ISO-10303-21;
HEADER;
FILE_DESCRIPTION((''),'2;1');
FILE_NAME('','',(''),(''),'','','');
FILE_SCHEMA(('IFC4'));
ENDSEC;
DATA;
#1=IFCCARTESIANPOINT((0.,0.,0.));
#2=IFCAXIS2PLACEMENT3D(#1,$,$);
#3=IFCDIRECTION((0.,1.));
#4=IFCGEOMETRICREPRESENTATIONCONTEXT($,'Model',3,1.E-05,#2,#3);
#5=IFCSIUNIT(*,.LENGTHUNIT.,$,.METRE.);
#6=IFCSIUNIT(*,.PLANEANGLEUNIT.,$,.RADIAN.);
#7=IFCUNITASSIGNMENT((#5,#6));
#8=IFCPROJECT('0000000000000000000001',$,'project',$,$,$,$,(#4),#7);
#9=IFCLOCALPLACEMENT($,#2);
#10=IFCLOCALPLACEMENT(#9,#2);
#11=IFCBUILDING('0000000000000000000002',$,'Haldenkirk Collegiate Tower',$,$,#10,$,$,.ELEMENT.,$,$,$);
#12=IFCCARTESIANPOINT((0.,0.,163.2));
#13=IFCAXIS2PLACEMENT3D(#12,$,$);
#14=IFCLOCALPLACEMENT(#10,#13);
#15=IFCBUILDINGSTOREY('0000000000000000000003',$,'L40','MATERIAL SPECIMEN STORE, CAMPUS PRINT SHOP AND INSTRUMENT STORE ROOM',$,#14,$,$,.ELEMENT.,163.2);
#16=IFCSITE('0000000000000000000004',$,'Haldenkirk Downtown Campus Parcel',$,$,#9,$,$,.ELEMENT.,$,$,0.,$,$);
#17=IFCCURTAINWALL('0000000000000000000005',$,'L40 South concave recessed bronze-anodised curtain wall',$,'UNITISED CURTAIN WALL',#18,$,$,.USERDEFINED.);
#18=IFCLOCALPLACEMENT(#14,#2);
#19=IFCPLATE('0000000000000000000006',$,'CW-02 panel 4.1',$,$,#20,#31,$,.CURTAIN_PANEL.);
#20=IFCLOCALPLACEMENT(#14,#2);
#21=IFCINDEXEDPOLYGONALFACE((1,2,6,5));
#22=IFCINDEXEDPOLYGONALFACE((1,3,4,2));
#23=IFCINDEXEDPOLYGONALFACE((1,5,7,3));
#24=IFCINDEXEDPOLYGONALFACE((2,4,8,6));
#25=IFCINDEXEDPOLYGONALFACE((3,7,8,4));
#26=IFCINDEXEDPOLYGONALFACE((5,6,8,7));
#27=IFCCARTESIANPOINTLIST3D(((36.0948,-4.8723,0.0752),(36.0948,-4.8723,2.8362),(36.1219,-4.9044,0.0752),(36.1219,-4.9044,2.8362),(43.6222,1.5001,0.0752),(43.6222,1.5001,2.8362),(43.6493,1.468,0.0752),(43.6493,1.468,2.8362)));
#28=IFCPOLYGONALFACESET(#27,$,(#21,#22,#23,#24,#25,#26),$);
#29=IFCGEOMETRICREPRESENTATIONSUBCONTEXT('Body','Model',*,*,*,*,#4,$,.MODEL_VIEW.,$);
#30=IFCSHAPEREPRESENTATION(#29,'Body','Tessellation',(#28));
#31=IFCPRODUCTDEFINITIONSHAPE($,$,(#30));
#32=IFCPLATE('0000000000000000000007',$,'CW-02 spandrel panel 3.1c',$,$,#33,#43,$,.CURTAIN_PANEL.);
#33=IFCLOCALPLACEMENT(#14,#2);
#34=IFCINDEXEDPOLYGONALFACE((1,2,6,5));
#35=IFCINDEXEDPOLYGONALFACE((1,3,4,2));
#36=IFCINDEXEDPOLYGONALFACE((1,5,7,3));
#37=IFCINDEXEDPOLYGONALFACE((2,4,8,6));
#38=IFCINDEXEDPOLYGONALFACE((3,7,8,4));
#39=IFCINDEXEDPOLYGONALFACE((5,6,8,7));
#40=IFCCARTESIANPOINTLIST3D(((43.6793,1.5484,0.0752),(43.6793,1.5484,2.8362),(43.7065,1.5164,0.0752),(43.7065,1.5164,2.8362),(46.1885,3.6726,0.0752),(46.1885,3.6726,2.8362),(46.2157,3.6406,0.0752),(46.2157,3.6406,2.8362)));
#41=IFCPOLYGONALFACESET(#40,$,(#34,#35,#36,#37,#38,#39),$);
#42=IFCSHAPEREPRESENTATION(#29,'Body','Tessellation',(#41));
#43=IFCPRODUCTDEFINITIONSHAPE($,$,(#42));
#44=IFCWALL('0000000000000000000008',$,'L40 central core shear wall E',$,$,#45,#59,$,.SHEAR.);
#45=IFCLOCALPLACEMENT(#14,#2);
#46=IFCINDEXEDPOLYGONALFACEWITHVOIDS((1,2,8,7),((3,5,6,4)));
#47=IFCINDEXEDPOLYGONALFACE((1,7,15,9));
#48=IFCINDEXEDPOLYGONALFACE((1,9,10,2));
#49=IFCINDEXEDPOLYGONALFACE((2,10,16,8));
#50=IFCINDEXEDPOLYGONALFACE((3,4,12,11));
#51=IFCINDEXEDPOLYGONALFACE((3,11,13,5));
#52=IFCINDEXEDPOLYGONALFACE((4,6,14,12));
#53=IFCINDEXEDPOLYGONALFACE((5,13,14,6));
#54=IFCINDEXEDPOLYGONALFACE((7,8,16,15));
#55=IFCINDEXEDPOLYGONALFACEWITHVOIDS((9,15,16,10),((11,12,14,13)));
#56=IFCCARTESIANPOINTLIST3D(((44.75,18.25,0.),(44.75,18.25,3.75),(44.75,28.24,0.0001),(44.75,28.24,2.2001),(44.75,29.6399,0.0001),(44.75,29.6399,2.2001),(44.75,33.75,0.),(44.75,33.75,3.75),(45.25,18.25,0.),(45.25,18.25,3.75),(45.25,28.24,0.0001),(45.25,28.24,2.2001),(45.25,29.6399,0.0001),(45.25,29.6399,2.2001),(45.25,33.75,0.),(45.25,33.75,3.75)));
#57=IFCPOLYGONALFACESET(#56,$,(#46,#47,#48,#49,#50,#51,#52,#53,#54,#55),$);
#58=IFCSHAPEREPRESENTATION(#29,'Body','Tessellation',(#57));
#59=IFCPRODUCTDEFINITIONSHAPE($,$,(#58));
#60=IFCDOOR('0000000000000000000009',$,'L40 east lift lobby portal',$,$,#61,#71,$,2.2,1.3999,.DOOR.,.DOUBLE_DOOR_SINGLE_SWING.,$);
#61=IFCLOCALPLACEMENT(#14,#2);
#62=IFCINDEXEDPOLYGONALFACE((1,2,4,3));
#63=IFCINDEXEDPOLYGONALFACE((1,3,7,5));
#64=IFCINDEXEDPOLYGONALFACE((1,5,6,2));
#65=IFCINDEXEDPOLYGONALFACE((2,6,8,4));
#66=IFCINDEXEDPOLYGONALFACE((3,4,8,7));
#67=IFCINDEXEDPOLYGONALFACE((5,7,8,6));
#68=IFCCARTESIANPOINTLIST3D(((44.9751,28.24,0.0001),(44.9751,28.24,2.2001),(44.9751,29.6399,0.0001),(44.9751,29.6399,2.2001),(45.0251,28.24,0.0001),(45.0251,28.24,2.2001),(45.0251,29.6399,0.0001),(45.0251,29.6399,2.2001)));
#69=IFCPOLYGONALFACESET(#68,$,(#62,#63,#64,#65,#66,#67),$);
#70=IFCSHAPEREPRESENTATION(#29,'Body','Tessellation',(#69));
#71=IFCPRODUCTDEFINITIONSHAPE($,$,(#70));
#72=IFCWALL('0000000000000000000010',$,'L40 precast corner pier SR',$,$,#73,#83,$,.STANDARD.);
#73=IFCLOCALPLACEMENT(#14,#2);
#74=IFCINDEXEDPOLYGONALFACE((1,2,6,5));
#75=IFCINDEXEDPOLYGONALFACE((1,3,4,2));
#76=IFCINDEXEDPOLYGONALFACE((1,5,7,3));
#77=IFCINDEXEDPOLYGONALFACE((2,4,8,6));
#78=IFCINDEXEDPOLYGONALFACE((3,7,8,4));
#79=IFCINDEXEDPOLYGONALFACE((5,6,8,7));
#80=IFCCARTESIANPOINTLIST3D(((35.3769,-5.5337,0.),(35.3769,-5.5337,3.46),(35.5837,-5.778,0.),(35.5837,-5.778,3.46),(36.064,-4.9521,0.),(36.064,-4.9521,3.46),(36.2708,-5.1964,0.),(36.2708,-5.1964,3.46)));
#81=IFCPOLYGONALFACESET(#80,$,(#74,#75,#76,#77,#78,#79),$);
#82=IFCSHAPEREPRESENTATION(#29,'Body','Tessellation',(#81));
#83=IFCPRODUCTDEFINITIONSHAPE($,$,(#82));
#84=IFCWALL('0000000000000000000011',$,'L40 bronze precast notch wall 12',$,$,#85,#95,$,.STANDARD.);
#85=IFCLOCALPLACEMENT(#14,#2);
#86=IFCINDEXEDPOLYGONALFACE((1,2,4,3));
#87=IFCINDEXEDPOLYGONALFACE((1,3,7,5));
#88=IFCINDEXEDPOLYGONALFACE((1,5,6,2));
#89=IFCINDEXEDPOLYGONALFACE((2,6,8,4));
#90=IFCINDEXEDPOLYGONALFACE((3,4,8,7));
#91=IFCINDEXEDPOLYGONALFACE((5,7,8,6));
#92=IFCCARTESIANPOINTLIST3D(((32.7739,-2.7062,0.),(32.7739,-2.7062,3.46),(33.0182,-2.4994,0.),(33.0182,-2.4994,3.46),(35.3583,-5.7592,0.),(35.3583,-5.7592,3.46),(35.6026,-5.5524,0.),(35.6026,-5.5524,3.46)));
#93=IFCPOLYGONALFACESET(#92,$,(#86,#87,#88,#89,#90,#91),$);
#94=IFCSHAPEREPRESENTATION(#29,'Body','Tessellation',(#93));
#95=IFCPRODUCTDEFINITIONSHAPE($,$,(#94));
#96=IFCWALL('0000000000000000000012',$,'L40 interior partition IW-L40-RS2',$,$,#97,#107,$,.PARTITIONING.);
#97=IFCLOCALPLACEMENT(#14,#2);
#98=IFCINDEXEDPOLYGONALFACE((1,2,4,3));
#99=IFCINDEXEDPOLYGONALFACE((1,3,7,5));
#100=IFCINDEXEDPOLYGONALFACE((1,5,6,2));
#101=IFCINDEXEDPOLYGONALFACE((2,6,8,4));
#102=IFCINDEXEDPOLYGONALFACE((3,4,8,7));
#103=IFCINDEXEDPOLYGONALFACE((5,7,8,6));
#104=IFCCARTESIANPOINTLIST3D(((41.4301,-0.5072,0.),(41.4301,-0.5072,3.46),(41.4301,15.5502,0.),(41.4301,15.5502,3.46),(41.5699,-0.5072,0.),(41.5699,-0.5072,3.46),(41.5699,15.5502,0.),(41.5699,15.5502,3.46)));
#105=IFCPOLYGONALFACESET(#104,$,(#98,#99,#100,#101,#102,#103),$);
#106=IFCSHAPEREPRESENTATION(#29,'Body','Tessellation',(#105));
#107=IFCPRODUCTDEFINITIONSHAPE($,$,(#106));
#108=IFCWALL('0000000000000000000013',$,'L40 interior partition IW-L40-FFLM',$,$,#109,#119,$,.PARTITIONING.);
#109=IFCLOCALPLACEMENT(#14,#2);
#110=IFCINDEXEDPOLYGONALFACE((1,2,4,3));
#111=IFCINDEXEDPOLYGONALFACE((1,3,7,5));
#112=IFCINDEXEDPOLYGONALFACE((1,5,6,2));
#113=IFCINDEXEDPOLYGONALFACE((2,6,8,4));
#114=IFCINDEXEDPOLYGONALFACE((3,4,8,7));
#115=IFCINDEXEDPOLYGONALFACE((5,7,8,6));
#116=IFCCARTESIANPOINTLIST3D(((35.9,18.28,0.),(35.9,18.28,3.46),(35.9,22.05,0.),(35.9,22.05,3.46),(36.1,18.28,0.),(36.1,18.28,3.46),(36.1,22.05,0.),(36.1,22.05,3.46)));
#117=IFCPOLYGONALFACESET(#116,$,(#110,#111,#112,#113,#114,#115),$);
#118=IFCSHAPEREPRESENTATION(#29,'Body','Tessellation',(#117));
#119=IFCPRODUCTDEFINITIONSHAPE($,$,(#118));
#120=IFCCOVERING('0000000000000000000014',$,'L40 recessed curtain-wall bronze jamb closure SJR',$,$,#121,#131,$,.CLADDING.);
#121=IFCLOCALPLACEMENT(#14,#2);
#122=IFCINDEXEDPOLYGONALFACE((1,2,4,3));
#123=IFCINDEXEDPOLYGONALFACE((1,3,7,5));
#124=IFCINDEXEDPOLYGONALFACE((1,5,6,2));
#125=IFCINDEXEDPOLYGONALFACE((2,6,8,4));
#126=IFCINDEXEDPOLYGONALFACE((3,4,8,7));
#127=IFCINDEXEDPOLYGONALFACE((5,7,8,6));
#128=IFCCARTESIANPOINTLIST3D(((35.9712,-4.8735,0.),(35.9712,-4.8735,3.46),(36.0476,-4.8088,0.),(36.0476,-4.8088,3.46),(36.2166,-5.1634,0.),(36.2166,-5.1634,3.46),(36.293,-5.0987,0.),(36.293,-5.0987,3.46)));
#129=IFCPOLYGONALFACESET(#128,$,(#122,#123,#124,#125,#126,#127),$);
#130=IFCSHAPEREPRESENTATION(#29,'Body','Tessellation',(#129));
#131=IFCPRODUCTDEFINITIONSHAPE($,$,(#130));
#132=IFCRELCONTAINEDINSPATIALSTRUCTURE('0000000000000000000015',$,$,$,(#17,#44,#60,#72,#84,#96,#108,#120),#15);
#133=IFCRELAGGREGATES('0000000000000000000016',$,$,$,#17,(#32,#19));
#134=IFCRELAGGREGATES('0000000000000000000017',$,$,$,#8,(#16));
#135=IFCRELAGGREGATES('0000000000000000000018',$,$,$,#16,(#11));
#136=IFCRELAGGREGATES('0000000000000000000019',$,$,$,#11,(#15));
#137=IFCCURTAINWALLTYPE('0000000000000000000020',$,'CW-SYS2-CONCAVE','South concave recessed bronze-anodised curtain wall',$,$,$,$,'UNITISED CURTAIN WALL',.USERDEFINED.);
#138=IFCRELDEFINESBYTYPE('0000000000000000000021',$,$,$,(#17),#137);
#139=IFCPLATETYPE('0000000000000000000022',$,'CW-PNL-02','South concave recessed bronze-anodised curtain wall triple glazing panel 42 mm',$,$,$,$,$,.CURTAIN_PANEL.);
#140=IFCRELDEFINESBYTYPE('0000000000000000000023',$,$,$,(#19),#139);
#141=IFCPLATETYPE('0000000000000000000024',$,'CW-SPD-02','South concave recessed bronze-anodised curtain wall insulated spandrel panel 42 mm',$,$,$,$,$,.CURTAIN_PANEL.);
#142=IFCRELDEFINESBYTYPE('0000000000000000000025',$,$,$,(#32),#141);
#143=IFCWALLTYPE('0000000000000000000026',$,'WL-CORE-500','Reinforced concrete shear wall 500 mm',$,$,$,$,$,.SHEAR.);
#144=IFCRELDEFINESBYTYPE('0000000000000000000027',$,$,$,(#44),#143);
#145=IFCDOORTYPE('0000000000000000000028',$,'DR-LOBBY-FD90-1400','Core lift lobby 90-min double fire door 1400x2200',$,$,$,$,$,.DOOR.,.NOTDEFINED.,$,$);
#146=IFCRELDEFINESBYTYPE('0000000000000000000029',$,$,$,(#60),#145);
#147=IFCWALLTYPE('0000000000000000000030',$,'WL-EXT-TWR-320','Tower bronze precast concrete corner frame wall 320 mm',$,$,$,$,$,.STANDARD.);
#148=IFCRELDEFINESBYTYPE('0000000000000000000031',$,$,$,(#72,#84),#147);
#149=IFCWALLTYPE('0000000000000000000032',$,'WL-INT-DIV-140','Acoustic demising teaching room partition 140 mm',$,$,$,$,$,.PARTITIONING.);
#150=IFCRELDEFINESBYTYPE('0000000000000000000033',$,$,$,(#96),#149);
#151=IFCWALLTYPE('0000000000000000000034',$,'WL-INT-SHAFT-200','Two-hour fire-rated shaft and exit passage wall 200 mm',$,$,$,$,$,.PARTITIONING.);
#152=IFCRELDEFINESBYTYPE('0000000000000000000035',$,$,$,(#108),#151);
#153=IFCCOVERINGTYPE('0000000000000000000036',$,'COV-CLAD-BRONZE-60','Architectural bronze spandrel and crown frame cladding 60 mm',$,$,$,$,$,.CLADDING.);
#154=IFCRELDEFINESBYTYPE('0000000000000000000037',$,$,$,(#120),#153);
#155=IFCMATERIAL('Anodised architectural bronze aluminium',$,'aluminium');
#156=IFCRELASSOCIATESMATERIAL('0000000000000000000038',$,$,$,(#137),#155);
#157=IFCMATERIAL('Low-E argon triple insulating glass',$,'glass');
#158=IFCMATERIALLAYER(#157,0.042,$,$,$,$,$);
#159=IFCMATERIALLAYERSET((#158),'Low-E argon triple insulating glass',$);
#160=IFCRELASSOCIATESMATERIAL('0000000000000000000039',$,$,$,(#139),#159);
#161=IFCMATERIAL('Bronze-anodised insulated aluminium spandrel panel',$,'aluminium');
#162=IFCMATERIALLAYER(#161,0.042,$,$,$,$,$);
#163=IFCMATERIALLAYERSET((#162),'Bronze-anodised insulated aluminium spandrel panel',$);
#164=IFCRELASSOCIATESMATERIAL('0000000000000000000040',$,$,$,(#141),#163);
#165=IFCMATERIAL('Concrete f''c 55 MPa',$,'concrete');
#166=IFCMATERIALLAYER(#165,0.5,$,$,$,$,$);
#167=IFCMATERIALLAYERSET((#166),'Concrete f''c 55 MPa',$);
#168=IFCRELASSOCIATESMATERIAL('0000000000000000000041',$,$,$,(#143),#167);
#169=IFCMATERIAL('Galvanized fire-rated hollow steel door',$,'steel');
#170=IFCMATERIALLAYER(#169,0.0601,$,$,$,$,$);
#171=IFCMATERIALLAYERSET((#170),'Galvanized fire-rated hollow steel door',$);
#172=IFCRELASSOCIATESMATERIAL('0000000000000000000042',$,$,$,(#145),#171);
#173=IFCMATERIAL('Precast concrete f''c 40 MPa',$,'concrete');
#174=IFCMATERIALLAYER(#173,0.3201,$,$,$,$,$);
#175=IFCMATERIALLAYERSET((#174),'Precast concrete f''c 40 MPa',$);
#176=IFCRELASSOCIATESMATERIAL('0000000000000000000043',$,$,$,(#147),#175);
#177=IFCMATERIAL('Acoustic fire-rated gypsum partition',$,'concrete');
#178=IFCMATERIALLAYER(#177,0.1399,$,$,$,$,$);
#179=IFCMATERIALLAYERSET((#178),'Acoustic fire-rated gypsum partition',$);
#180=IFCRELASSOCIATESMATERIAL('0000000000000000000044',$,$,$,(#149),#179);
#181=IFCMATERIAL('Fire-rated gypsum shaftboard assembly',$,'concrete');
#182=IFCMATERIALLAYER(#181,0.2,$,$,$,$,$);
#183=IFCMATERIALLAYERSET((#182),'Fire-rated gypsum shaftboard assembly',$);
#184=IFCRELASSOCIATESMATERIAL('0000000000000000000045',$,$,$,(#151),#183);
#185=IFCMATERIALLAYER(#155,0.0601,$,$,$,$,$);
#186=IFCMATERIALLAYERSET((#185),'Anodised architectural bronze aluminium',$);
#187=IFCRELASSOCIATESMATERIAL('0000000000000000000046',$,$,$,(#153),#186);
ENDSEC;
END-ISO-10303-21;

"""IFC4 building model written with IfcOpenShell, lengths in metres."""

from ifc_helpers import new_model, si_unit, direction, frame, frame_2d, origin, origin_2d, place, context, subcontext, project, spatial, rectangle, extrude, source, transform, mapped, material, layer, layer_set, type_object, element, fill, aggregate, save


model = new_model("IFC4")

# Units and contexts
model_context = context("Model", 3, precision=1e-05, world=origin(), true_north=direction((0.0, 1.0)))
body_context = subcontext(model_context, "Body", "Model", "MODEL_VIEW")
ifc_project = project(units=[si_unit("LENGTHUNIT", "METRE"), si_unit("PLANEANGLEUNIT", "RADIAN")], contexts=[model_context])

# Site, building, storey
site_placement = place(None, origin())
site = spatial("IfcSite", under=ifc_project, at=site_placement, Name="Haldenkirk Downtown Campus Parcel", CompositionType="ELEMENT", RefElevation=0.0)
building_placement = place(site_placement, origin())
building = spatial("IfcBuilding", under=site, at=building_placement, Name="Haldenkirk Collegiate Tower", CompositionType="ELEMENT")
storey_placement = place(building_placement, frame((0.0, 0.0, 163.2)))
storey = spatial("IfcBuildingStorey", under=building, at=storey_placement, Name="L40", Description="MATERIAL SPECIMEN STORE, CAMPUS PRINT SHOP AND INSTRUMENT STORE ROOM", CompositionType="ELEMENT", Elevation=163.2)

# Curtain wall, plates
ifc_material_1 = material(Name="Anodised architectural bronze aluminium", Category="aluminium")
curtain_wall_type = type_object("IfcCurtainWallType", Name="CW-SYS2-CONCAVE", Description="South concave recessed bronze-anodised curtain wall", ElementType="UNITISED CURTAIN WALL", PredefinedType="USERDEFINED", material=ifc_material_1)
curtain_wall_placement = place(storey_placement, origin())
curtain_wall = element("IfcCurtainWall", 1, at=curtain_wall_placement, inside=storey, type_object=curtain_wall_type, Name="L40 South concave recessed bronze-anodised curtain wall", ObjectType="UNITISED CURTAIN WALL", PredefinedType="USERDEFINED")
ifc_material_2 = material(Name="Low-E argon triple insulating glass", Category="glass")
ifc_layer_1 = layer(ifc_material_2, 0.042)
ifc_layer_set_1 = layer_set([ifc_layer_1], Name="Low-E argon triple insulating glass")
plate_type_1 = type_object("IfcPlateType", Name="CW-PNL-02", Description="South concave recessed bronze-anodised curtain wall triple glazing panel 42 mm", PredefinedType="CURTAIN_PANEL", material=ifc_layer_set_1)
shared_shape_1 = source(origin(), body_context, "Body", "SweptSolid", [
    extrude(rectangle(XDim=9.8625, YDim=0.042, at=origin_2d()), origin(), (0.0, 0.0, 1.0), 2.761),
])
plate_1_placement = place(storey_placement, frame((39.8721, -1.7021, 0.0752), z_axis=(0.0, 0.0, 1.0), x_axis=(-0.763232, -0.646124, 0.0)))
plate_1 = element("IfcPlate", 2, at=plate_1_placement, type_object=plate_type_1, Name="CW-02 panel 4.1", PredefinedType="CURTAIN_PANEL", context=body_context, shape_type="MappedRepresentation", body=[
    mapped(shared_shape_1, transform((0.0, 0.0, 0.0), x_axis=(1.0, 0.0, 0.0), y_axis=(0.0, 1.0, 0.0), z_axis=(0.0, 0.0, 1.0), scale=1.0)),
])
ifc_material_3 = material(Name="Bronze-anodised insulated aluminium spandrel panel", Category="aluminium")
ifc_layer_2 = layer(ifc_material_3, 0.042)
ifc_layer_set_2 = layer_set([ifc_layer_2], Name="Bronze-anodised insulated aluminium spandrel panel")
plate_type_2 = type_object("IfcPlateType", Name="CW-SPD-02", Description="South concave recessed bronze-anodised curtain wall insulated spandrel panel 42 mm", PredefinedType="CURTAIN_PANEL", material=ifc_layer_set_2)
shared_shape_2 = source(origin(), body_context, "Body", "SweptSolid", [
    extrude(rectangle(XDim=3.2876, YDim=0.042, at=origin_2d()), origin(), (0.0, 0.0, 1.0), 2.761),
])
plate_2_placement = place(storey_placement, frame((44.9475, 2.5945, 0.0752), z_axis=(0.0, 0.0, 1.0), x_axis=(-0.763232, -0.646124, 0.0)))
plate_2 = element("IfcPlate", 3, at=plate_2_placement, type_object=plate_type_2, Name="CW-02 spandrel panel 3.1c", PredefinedType="CURTAIN_PANEL", context=body_context, shape_type="MappedRepresentation", body=[
    mapped(shared_shape_2, transform((0.0, 0.0, 0.0), x_axis=(1.0, 0.0, 0.0), y_axis=(0.0, 1.0, 0.0), z_axis=(0.0, 0.0, 1.0), scale=1.0)),
])
aggregate(curtain_wall, [plate_2, plate_1])

# Wall, opening, door
ifc_material_4 = material(Name="Concrete f'c 55 MPa", Category="concrete")
ifc_layer_3 = layer(ifc_material_4, 0.5)
ifc_layer_set_3 = layer_set([ifc_layer_3], Name="Concrete f'c 55 MPa")
wall_type_1 = type_object("IfcWallType", Name="WL-CORE-500", Description="Reinforced concrete shear wall 500 mm", PredefinedType="SHEAR", material=ifc_layer_set_3)
wall_1_placement = place(storey_placement, frame((45.0, 18.25, 0.0), z_axis=(0.0, 0.0, 1.0), x_axis=(0.0, 1.0, 0.0)))
wall_1 = element("IfcWall", 4, at=wall_1_placement, inside=storey, type_object=wall_type_1, Name="L40 central core shear wall E", PredefinedType="SHEAR", context=body_context, shape_type="SweptSolid", body=[
    extrude(rectangle(XDim=15.5, YDim=0.5, at=frame_2d((7.75, 0.0))), origin(), (0.0, 0.0, 1.0), 3.75),
])
opening_placement = place(wall_1_placement, frame((9.99, 0.0, 0.0)))
opening = element("IfcOpeningElement", 5, at=opening_placement, cuts=wall_1, PredefinedType="OPENING", context=body_context, shape_type="SweptSolid", body=[
    extrude(rectangle(XDim=1.3999, YDim=2.2, at=frame_2d((0.7, 1.1001))), frame((0.0, 0.26, 0.0), z_axis=(0.0, -1.0, 0.0), x_axis=(1.0, 0.0, 0.0)), (0.0, 0.0, 1.0), 0.52),
])
ifc_material_5 = material(Name="Galvanized fire-rated hollow steel door", Category="steel")
ifc_layer_4 = layer(ifc_material_5, 0.0601)
ifc_layer_set_4 = layer_set([ifc_layer_4], Name="Galvanized fire-rated hollow steel door")
door_type = type_object("IfcDoorType", Name="DR-LOBBY-FD90-1400", Description="Core lift lobby 90-min double fire door 1400x2200", OperationType="NOTDEFINED", PredefinedType="DOOR", material=ifc_layer_set_4)
door_placement = place(opening_placement, origin())
door = element("IfcDoor", 6, at=door_placement, inside=storey, type_object=door_type, Name="L40 east lift lobby portal", OperationType="DOUBLE_DOOR_SINGLE_SWING", OverallHeight=2.2, OverallWidth=1.3999, PredefinedType="DOOR", context=body_context, shape_type="SweptSolid", body=[
    extrude(rectangle(XDim=1.3999, YDim=2.2, at=frame_2d((0.7, 1.1001))), frame((0.0, 0.0249, 0.0), z_axis=(0.0, -1.0, 0.0), x_axis=(1.0, 0.0, 0.0)), (0.0, 0.0, 1.0), 0.05),
])
fill(opening, door)

# Walls
ifc_material_6 = material(Name="Precast concrete f'c 40 MPa", Category="concrete")
ifc_layer_5 = layer(ifc_material_6, 0.3201)
ifc_layer_set_5 = layer_set([ifc_layer_5], Name="Precast concrete f'c 40 MPa")
wall_type_2 = type_object("IfcWallType", Name="WL-EXT-TWR-320", Description="Tower bronze precast concrete corner frame wall 320 mm", PredefinedType="STANDARD", material=ifc_layer_set_5)
wall_2_placement = place(storey_placement, frame((36.1675, -5.0742, 0.0), z_axis=(0.0, 0.0, 1.0), x_axis=(-0.763263, -0.646088, 0.0)))
element("IfcWall", 7, at=wall_2_placement, inside=storey, type_object=wall_type_2, Name="L40 precast corner pier SR", PredefinedType="STANDARD", context=body_context, shape_type="SweptSolid", body=[
    extrude(rectangle(XDim=0.9001, YDim=0.3201, at=frame_2d((0.4502, 0.0))), origin(), (0.0, 0.0, 1.0), 3.46),
])
wall_3_placement = place(storey_placement, frame((35.4805, -5.6558, 0.0), z_axis=(0.0, 0.0, 1.0), x_axis=(-0.646115, 0.76324, 0.0)))
element("IfcWall", 8, at=wall_3_placement, inside=storey, type_object=wall_type_2, Name="L40 bronze precast notch wall 12", PredefinedType="STANDARD", context=body_context, shape_type="SweptSolid", body=[
    extrude(rectangle(XDim=4.0, YDim=0.3201, at=frame_2d((2.0, 0.0))), origin(), (0.0, 0.0, 1.0), 3.46),
])
ifc_material_7 = material(Name="Acoustic fire-rated gypsum partition", Category="concrete")
ifc_layer_6 = layer(ifc_material_7, 0.1399)
ifc_layer_set_6 = layer_set([ifc_layer_6], Name="Acoustic fire-rated gypsum partition")
wall_type_3 = type_object("IfcWallType", Name="WL-INT-DIV-140", Description="Acoustic demising teaching room partition 140 mm", PredefinedType="PARTITIONING", material=ifc_layer_set_6)
wall_4_placement = place(storey_placement, frame((41.5, -0.5073, 0.0), z_axis=(0.0, 0.0, 1.0), x_axis=(0.0, 1.0, 0.0)))
element("IfcWall", 9, at=wall_4_placement, inside=storey, type_object=wall_type_3, Name="L40 interior partition IW-L40-RS2", PredefinedType="PARTITIONING", context=body_context, shape_type="SweptSolid", body=[
    extrude(rectangle(XDim=16.0574, YDim=0.1399, at=frame_2d((8.0288, 0.0))), origin(), (0.0, 0.0, 1.0), 3.46),
])
ifc_material_8 = material(Name="Fire-rated gypsum shaftboard assembly", Category="concrete")
ifc_layer_7 = layer(ifc_material_8, 0.2)
ifc_layer_set_7 = layer_set([ifc_layer_7], Name="Fire-rated gypsum shaftboard assembly")
wall_type_4 = type_object("IfcWallType", Name="WL-INT-SHAFT-200", Description="Two-hour fire-rated shaft and exit passage wall 200 mm", PredefinedType="PARTITIONING", material=ifc_layer_set_7)
wall_5_placement = place(storey_placement, frame((36.0, 18.28, 0.0), z_axis=(0.0, 0.0, 1.0), x_axis=(0.0, 1.0, 0.0)))
element("IfcWall", 10, at=wall_5_placement, inside=storey, type_object=wall_type_4, Name="L40 interior partition IW-L40-FFLM", PredefinedType="PARTITIONING", context=body_context, shape_type="SweptSolid", body=[
    extrude(rectangle(XDim=3.77, YDim=0.2, at=frame_2d((1.885, 0.0))), origin(), (0.0, 0.0, 1.0), 3.46),
])

# Covering
ifc_layer_8 = layer(ifc_material_1, 0.0601)
ifc_layer_set_8 = layer_set([ifc_layer_8], Name="Anodised architectural bronze aluminium")
covering_type = type_object("IfcCoveringType", Name="COV-CLAD-BRONZE-60", Description="Architectural bronze spandrel and crown frame cladding 60 mm", PredefinedType="CLADDING", material=ifc_layer_set_8)
shared_shape_3 = source(origin(), body_context, "Body", "SweptSolid", [
    extrude(rectangle(XDim=0.1001, YDim=0.3799, at=origin_2d()), origin(), (0.0, 0.0, 1.0), 3.46),
])
covering_placement = place(storey_placement, frame((36.1321, -4.9861, 0.0), z_axis=(0.0, 0.0, 1.0), x_axis=(-0.763232, -0.646124, 0.0)))
element("IfcCovering", 11, at=covering_placement, inside=storey, type_object=covering_type, Name="L40 recessed curtain-wall bronze jamb closure SJR", PredefinedType="CLADDING", context=body_context, shape_type="MappedRepresentation", body=[
    mapped(shared_shape_3, transform((0.0, 0.0, 0.0), x_axis=(1.0, 0.0, 0.0), y_axis=(0.0, 1.0, 0.0), z_axis=(0.0, 0.0, 1.0), scale=1.0)),
])

save(model, "model.ifc")
